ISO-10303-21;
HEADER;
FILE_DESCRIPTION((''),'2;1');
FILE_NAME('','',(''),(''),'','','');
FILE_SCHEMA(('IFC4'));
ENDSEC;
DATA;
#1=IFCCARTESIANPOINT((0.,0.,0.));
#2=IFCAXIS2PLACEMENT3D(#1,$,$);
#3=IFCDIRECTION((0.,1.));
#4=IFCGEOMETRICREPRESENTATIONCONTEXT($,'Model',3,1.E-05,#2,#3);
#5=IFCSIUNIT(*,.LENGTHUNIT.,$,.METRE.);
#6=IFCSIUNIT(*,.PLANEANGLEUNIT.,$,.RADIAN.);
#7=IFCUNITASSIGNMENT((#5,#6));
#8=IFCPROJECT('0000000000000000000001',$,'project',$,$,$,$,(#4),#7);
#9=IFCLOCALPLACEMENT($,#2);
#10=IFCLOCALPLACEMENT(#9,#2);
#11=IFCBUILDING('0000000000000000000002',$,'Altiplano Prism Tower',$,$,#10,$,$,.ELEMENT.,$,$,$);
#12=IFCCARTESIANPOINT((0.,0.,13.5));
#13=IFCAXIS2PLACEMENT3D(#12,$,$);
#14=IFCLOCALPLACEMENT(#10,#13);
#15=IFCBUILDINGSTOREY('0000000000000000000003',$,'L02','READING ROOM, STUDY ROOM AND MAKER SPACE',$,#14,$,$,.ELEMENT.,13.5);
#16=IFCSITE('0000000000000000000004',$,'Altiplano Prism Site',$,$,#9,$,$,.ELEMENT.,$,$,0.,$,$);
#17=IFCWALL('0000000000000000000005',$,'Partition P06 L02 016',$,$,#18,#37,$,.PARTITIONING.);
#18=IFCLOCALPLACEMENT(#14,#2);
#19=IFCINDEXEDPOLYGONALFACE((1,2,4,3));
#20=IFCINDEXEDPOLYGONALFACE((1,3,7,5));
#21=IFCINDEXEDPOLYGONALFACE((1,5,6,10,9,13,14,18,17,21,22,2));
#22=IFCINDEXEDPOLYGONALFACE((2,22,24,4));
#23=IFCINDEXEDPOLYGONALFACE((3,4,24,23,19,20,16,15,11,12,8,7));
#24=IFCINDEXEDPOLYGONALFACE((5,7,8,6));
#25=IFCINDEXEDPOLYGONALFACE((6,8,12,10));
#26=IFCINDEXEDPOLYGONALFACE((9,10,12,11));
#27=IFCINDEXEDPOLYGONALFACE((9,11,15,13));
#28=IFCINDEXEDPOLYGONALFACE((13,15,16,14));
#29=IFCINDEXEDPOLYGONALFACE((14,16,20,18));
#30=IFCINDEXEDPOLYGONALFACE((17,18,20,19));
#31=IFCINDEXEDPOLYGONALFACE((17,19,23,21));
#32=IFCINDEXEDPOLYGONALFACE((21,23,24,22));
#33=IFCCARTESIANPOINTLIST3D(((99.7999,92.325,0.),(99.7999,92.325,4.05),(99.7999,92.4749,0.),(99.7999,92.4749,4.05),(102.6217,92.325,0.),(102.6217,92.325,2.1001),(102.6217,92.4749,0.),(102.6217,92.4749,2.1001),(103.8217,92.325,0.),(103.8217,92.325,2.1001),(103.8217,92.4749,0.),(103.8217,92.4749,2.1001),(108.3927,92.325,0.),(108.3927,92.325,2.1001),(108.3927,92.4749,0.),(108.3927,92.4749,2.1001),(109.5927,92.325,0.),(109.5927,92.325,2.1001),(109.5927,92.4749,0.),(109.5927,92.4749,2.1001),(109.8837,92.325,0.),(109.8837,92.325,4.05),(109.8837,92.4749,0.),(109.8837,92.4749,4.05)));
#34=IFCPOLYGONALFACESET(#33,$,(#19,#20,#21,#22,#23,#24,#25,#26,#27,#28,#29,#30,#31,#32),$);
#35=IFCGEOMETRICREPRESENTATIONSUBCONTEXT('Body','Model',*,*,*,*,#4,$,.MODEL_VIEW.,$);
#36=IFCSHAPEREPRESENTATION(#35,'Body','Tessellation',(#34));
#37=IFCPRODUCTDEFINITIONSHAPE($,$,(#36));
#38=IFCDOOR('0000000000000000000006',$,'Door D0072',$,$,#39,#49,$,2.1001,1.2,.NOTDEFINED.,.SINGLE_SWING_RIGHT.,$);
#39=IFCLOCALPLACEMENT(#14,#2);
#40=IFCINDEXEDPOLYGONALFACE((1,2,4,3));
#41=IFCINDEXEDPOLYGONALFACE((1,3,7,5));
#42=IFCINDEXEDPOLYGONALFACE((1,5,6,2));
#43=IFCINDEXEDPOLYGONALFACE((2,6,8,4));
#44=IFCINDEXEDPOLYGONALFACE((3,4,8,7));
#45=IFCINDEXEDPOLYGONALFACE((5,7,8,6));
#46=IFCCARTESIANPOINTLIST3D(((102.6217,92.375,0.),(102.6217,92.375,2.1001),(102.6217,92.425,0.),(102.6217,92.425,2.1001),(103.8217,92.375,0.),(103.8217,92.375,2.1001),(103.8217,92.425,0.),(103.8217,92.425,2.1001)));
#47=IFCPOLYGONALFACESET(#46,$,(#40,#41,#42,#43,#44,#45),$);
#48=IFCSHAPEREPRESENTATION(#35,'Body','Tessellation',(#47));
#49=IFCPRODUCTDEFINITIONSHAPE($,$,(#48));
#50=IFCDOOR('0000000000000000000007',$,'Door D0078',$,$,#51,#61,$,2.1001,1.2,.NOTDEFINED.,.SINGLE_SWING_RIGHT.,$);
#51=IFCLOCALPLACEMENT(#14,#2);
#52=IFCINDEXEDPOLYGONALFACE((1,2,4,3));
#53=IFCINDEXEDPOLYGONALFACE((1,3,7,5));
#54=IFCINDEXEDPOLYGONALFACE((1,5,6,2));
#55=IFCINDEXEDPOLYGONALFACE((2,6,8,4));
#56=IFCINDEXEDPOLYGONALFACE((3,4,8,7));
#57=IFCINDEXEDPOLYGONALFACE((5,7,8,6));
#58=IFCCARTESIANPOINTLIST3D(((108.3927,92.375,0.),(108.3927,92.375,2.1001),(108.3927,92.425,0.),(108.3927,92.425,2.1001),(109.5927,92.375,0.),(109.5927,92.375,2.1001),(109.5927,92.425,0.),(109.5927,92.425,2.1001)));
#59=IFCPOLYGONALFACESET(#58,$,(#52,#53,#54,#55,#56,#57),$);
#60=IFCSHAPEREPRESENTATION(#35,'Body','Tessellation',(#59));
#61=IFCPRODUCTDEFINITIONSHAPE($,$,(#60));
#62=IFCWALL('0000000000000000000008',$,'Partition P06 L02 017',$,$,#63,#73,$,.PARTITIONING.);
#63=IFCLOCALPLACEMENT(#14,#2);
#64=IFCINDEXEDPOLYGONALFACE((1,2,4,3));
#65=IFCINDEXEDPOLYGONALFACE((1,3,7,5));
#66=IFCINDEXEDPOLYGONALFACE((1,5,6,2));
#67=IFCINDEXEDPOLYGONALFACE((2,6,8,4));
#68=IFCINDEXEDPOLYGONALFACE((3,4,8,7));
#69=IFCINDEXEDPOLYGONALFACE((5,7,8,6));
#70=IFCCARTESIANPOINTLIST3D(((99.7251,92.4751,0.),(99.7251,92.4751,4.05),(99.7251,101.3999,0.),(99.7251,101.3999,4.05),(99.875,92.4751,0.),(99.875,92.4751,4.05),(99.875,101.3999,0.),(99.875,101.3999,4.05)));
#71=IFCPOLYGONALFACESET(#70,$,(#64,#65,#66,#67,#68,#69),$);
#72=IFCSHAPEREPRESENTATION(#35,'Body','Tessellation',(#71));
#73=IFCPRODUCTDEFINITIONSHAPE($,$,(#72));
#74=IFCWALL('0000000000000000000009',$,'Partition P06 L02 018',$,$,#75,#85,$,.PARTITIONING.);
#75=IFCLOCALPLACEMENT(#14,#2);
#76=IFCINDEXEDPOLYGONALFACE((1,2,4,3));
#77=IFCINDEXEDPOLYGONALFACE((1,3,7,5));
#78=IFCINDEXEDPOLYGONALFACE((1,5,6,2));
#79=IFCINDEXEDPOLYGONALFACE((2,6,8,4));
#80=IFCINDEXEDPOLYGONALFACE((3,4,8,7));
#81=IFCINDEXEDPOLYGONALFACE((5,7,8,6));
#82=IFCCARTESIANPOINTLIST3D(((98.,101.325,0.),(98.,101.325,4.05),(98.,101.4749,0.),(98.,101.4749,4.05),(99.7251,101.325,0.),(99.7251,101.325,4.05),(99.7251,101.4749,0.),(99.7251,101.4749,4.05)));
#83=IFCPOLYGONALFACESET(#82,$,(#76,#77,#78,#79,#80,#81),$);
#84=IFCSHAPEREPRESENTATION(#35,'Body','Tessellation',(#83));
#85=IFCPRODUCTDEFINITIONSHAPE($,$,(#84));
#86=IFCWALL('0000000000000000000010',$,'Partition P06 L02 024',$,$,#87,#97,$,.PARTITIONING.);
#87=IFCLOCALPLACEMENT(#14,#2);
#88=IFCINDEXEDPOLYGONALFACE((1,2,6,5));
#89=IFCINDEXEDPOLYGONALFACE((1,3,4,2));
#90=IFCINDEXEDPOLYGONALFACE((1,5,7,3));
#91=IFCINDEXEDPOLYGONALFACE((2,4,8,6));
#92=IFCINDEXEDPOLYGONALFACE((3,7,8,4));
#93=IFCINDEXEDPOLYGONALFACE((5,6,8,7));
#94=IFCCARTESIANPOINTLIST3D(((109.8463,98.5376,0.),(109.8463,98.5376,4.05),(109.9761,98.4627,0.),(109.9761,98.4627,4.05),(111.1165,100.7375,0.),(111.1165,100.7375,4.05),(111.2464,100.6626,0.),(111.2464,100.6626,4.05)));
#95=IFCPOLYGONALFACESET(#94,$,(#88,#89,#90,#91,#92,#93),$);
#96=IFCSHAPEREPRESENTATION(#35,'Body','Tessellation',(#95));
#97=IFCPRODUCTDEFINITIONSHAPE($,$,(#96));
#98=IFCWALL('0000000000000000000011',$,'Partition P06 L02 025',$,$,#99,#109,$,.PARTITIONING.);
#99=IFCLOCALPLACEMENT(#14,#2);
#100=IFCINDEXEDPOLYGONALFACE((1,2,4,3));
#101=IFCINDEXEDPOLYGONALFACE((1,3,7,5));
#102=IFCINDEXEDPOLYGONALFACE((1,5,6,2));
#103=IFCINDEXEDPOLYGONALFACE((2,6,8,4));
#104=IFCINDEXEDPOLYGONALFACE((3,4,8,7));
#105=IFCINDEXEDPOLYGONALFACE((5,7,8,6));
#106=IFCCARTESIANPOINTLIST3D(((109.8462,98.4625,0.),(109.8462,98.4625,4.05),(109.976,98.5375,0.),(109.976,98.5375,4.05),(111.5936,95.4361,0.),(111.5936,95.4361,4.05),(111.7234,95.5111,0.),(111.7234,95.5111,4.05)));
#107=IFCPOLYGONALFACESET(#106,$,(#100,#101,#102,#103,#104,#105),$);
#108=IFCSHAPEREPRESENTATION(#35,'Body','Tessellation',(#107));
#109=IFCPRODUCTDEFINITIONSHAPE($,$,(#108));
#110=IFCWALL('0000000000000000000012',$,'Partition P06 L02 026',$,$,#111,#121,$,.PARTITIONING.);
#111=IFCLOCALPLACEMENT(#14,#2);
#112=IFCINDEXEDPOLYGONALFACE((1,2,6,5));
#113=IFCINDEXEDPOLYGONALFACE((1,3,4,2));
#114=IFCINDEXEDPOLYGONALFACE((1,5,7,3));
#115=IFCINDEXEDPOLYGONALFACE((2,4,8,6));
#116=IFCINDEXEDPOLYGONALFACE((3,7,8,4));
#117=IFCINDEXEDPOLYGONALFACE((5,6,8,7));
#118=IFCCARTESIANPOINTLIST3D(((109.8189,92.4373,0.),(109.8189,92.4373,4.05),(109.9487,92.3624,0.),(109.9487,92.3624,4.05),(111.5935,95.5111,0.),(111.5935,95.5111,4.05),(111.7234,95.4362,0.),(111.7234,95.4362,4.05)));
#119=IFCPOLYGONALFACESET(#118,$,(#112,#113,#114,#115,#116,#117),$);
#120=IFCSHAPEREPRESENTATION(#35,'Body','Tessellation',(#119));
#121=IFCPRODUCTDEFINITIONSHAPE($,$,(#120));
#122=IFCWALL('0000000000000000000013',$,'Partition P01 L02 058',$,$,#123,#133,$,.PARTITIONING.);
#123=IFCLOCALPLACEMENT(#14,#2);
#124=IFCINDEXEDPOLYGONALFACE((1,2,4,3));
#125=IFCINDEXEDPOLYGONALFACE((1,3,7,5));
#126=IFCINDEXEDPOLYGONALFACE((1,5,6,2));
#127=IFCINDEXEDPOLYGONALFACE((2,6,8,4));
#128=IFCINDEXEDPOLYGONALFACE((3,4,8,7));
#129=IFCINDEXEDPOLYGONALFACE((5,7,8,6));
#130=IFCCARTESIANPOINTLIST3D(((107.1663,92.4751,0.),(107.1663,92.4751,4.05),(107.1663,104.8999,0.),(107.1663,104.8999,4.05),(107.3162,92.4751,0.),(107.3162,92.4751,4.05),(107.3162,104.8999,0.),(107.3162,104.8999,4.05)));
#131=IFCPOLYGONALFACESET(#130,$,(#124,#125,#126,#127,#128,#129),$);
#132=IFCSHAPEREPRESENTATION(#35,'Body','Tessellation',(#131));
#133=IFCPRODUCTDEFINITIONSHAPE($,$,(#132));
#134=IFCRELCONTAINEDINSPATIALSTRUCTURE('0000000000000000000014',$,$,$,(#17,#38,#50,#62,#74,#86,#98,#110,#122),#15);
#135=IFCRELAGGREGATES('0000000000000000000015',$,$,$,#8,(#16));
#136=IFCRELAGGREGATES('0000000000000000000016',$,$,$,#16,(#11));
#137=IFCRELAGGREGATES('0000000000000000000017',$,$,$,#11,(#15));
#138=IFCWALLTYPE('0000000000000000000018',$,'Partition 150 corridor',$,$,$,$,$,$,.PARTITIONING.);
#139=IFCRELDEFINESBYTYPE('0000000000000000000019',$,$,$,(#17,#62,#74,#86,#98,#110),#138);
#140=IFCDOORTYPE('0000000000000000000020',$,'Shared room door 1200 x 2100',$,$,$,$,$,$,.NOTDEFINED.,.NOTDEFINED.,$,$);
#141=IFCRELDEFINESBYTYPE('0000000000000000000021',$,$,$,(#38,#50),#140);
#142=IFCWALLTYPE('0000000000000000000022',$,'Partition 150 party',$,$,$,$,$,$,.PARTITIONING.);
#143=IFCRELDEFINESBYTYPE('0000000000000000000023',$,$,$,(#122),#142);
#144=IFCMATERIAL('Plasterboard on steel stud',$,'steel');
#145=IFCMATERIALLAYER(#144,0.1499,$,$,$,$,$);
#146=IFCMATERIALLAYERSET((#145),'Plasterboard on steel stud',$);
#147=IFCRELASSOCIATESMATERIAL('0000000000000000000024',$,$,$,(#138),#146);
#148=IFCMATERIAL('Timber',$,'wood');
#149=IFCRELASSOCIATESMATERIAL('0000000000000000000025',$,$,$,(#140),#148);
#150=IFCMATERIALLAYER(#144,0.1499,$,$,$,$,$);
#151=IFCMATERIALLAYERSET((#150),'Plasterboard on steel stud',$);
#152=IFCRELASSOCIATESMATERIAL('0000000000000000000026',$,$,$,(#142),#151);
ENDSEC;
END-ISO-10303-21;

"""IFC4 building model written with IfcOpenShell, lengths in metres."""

from ifc_helpers import new_model, si_unit, direction, frame, frame_2d, origin, place, context, subcontext, project, spatial, rectangle, extrude, material, layer, layer_set, type_object, element, fill, save


model = new_model("IFC4")

# Units and contexts
model_context = context("Model", 3, precision=1e-05, world=origin(), true_north=direction((0.0, 1.0)))
body_context = subcontext(model_context, "Body", "Model", "MODEL_VIEW")
ifc_project = project(units=[si_unit("LENGTHUNIT", "METRE"), si_unit("PLANEANGLEUNIT", "RADIAN")], contexts=[model_context])

# Site, building, storey
site_placement = place(None, origin())
site = spatial("IfcSite", under=ifc_project, at=site_placement, Name="Altiplano Prism Site", CompositionType="ELEMENT", RefElevation=0.0)
building_placement = place(site_placement, origin())
building = spatial("IfcBuilding", under=site, at=building_placement, Name="Altiplano Prism Tower", CompositionType="ELEMENT")
storey_placement = place(building_placement, frame((0.0, 0.0, 13.5)))
storey = spatial("IfcBuildingStorey", under=building, at=storey_placement, Name="L02", Description="READING ROOM, STUDY ROOM AND MAKER SPACE", CompositionType="ELEMENT", Elevation=13.5)

# Wall, openings, doors
ifc_material_1 = material(Name="Plasterboard on steel stud", Category="steel")
ifc_layer_1 = layer(ifc_material_1, 0.1499)
ifc_layer_set_1 = layer_set([ifc_layer_1], Name="Plasterboard on steel stud")
wall_type_1 = type_object("IfcWallType", Name="Partition 150 corridor", PredefinedType="PARTITIONING", material=ifc_layer_set_1)
ifc_material_2 = material(Name="Timber", Category="wood")
door_type = type_object("IfcDoorType", Name="Shared room door 1200 x 2100", OperationType="NOTDEFINED", PredefinedType="NOTDEFINED", material=ifc_material_2)
wall_1_placement = place(storey_placement, frame((109.8838, 92.3999, 0.0), z_axis=(0.0, 0.0, 1.0), x_axis=(-1.0, 0.0, 0.0)))
wall_1 = element("IfcWall", 1, at=wall_1_placement, inside=storey, type_object=wall_type_1, Name="Partition P06 L02 016", PredefinedType="PARTITIONING", context=body_context, shape_type="SweptSolid", body=[
    extrude(rectangle(XDim=10.0837, YDim=0.1499, at=frame_2d((5.042, 0.0))), origin(), (0.0, 0.0, 1.0), 4.05),
])
opening_1_placement = place(wall_1_placement, frame((6.062, 0.0, 0.0)))
opening_1 = element("IfcOpeningElement", 2, at=opening_1_placement, cuts=wall_1, PredefinedType="OPENING", context=body_context, shape_type="SweptSolid", body=[
    extrude(rectangle(XDim=1.2, YDim=2.1001, at=frame_2d((0.6001, 1.05))), frame((0.0, 0.0854, 0.0), z_axis=(0.0, -1.0, 0.0), x_axis=(1.0, 0.0, 0.0)), (0.0, 0.0, 1.0), 0.1709),
])
opening_2_placement = place(wall_1_placement, frame((0.291, 0.0, 0.0)))
opening_2 = element("IfcOpeningElement", 3, at=opening_2_placement, cuts=wall_1, PredefinedType="OPENING", context=body_context, shape_type="SweptSolid", body=[
    extrude(rectangle(XDim=1.2, YDim=2.1001, at=frame_2d((0.6001, 1.05))), frame((0.0, 0.0854, 0.0), z_axis=(0.0, -1.0, 0.0), x_axis=(1.0, 0.0, 0.0)), (0.0, 0.0, 1.0), 0.1709),
])
door_1_placement = place(opening_1_placement, origin())
door_1 = element("IfcDoor", 4, at=door_1_placement, inside=storey, type_object=door_type, Name="Door D0072", OperationType="SINGLE_SWING_RIGHT", OverallHeight=2.1001, OverallWidth=1.2, PredefinedType="NOTDEFINED", context=body_context, shape_type="SweptSolid", body=[
    extrude(rectangle(XDim=1.2, YDim=2.1001, at=frame_2d((0.6001, 1.05))), frame((0.0, 0.0249, 0.0), z_axis=(0.0, -1.0, 0.0), x_axis=(1.0, 0.0, 0.0)), (0.0, 0.0, 1.0), 0.05),
])
fill(opening_1, door_1)
door_2_placement = place(opening_2_placement, origin())
door_2 = element("IfcDoor", 5, at=door_2_placement, inside=storey, type_object=door_type, Name="Door D0078", OperationType="SINGLE_SWING_RIGHT", OverallHeight=2.1001, OverallWidth=1.2, PredefinedType="NOTDEFINED", context=body_context, shape_type="SweptSolid", body=[
    extrude(rectangle(XDim=1.2, YDim=2.1001, at=frame_2d((0.6001, 1.05))), frame((0.0, 0.0249, 0.0), z_axis=(0.0, -1.0, 0.0), x_axis=(1.0, 0.0, 0.0)), (0.0, 0.0, 1.0), 0.05),
])
fill(opening_2, door_2)

# Walls
wall_2_placement = place(storey_placement, frame((99.8, 92.4751, 0.0), z_axis=(0.0, 0.0, 1.0), x_axis=(0.0, 1.0, 0.0)))
element("IfcWall", 6, at=wall_2_placement, inside=storey, type_object=wall_type_1, Name="Partition P06 L02 017", PredefinedType="PARTITIONING", context=body_context, shape_type="SweptSolid", body=[
    extrude(rectangle(XDim=8.9248, YDim=0.1499, at=frame_2d((4.4624, 0.0))), origin(), (0.0, 0.0, 1.0), 4.05),
])
wall_3_placement = place(storey_placement, frame((99.7251, 101.3999, 0.0), z_axis=(0.0, 0.0, 1.0), x_axis=(-1.0, 0.0, 0.0)))
element("IfcWall", 7, at=wall_3_placement, inside=storey, type_object=wall_type_1, Name="Partition P06 L02 018", PredefinedType="PARTITIONING", context=body_context, shape_type="SweptSolid", body=[
    extrude(rectangle(XDim=1.7251, YDim=0.1499, at=frame_2d((0.8625, 0.0))), origin(), (0.0, 0.0, 1.0), 4.05),
])
wall_4_placement = place(storey_placement, frame((111.1814, 100.7, 0.0), z_axis=(0.0, 0.0, 1.0), x_axis=(-0.500036, -0.866005, 0.0)))
element("IfcWall", 8, at=wall_4_placement, inside=storey, type_object=wall_type_1, Name="Partition P06 L02 024", PredefinedType="PARTITIONING", context=body_context, shape_type="SweptSolid", body=[
    extrude(rectangle(XDim=2.5403, YDim=0.1499, at=frame_2d((1.27, 0.0))), origin(), (0.0, 0.0, 1.0), 4.05),
])
wall_5_placement = place(storey_placement, frame((109.9111, 98.5, 0.0), z_axis=(0.0, 0.0, 1.0), x_axis=(0.500009, -0.86602, 0.0)))
element("IfcWall", 9, at=wall_5_placement, inside=storey, type_object=wall_type_1, Name="Partition P06 L02 025", PredefinedType="PARTITIONING", context=body_context, shape_type="SweptSolid", body=[
    extrude(rectangle(XDim=3.4946, YDim=0.1499, at=frame_2d((1.7473, 0.0))), origin(), (0.0, 0.0, 1.0), 4.05),
])
wall_6_placement = place(storey_placement, frame((111.6584, 95.4736, 0.0), z_axis=(0.0, 0.0, 1.0), x_axis=(-0.500008, -0.866021, 0.0)))
element("IfcWall", 10, at=wall_6_placement, inside=storey, type_object=wall_type_1, Name="Partition P06 L02 026", PredefinedType="PARTITIONING", context=body_context, shape_type="SweptSolid", body=[
    extrude(rectangle(XDim=3.5493, YDim=0.1499, at=frame_2d((1.7747, 0.0))), origin(), (0.0, 0.0, 1.0), 4.05),
])
ifc_layer_2 = layer(ifc_material_1, 0.1499)
ifc_layer_set_2 = layer_set([ifc_layer_2], Name="Plasterboard on steel stud")
wall_type_2 = type_object("IfcWallType", Name="Partition 150 party", PredefinedType="PARTITIONING", material=ifc_layer_set_2)
wall_7_placement = place(storey_placement, frame((107.2412, 92.4751, 0.0), z_axis=(0.0, 0.0, 1.0), x_axis=(0.0, 1.0, 0.0)))
element("IfcWall", 11, at=wall_7_placement, inside=storey, type_object=wall_type_2, Name="Partition P01 L02 058", PredefinedType="PARTITIONING", context=body_context, shape_type="SweptSolid", body=[
    extrude(rectangle(XDim=12.4248, YDim=0.1499, at=frame_2d((6.2124, 0.0))), origin(), (0.0, 0.0, 1.0), 4.05),
])

save(model, "model.ifc")
